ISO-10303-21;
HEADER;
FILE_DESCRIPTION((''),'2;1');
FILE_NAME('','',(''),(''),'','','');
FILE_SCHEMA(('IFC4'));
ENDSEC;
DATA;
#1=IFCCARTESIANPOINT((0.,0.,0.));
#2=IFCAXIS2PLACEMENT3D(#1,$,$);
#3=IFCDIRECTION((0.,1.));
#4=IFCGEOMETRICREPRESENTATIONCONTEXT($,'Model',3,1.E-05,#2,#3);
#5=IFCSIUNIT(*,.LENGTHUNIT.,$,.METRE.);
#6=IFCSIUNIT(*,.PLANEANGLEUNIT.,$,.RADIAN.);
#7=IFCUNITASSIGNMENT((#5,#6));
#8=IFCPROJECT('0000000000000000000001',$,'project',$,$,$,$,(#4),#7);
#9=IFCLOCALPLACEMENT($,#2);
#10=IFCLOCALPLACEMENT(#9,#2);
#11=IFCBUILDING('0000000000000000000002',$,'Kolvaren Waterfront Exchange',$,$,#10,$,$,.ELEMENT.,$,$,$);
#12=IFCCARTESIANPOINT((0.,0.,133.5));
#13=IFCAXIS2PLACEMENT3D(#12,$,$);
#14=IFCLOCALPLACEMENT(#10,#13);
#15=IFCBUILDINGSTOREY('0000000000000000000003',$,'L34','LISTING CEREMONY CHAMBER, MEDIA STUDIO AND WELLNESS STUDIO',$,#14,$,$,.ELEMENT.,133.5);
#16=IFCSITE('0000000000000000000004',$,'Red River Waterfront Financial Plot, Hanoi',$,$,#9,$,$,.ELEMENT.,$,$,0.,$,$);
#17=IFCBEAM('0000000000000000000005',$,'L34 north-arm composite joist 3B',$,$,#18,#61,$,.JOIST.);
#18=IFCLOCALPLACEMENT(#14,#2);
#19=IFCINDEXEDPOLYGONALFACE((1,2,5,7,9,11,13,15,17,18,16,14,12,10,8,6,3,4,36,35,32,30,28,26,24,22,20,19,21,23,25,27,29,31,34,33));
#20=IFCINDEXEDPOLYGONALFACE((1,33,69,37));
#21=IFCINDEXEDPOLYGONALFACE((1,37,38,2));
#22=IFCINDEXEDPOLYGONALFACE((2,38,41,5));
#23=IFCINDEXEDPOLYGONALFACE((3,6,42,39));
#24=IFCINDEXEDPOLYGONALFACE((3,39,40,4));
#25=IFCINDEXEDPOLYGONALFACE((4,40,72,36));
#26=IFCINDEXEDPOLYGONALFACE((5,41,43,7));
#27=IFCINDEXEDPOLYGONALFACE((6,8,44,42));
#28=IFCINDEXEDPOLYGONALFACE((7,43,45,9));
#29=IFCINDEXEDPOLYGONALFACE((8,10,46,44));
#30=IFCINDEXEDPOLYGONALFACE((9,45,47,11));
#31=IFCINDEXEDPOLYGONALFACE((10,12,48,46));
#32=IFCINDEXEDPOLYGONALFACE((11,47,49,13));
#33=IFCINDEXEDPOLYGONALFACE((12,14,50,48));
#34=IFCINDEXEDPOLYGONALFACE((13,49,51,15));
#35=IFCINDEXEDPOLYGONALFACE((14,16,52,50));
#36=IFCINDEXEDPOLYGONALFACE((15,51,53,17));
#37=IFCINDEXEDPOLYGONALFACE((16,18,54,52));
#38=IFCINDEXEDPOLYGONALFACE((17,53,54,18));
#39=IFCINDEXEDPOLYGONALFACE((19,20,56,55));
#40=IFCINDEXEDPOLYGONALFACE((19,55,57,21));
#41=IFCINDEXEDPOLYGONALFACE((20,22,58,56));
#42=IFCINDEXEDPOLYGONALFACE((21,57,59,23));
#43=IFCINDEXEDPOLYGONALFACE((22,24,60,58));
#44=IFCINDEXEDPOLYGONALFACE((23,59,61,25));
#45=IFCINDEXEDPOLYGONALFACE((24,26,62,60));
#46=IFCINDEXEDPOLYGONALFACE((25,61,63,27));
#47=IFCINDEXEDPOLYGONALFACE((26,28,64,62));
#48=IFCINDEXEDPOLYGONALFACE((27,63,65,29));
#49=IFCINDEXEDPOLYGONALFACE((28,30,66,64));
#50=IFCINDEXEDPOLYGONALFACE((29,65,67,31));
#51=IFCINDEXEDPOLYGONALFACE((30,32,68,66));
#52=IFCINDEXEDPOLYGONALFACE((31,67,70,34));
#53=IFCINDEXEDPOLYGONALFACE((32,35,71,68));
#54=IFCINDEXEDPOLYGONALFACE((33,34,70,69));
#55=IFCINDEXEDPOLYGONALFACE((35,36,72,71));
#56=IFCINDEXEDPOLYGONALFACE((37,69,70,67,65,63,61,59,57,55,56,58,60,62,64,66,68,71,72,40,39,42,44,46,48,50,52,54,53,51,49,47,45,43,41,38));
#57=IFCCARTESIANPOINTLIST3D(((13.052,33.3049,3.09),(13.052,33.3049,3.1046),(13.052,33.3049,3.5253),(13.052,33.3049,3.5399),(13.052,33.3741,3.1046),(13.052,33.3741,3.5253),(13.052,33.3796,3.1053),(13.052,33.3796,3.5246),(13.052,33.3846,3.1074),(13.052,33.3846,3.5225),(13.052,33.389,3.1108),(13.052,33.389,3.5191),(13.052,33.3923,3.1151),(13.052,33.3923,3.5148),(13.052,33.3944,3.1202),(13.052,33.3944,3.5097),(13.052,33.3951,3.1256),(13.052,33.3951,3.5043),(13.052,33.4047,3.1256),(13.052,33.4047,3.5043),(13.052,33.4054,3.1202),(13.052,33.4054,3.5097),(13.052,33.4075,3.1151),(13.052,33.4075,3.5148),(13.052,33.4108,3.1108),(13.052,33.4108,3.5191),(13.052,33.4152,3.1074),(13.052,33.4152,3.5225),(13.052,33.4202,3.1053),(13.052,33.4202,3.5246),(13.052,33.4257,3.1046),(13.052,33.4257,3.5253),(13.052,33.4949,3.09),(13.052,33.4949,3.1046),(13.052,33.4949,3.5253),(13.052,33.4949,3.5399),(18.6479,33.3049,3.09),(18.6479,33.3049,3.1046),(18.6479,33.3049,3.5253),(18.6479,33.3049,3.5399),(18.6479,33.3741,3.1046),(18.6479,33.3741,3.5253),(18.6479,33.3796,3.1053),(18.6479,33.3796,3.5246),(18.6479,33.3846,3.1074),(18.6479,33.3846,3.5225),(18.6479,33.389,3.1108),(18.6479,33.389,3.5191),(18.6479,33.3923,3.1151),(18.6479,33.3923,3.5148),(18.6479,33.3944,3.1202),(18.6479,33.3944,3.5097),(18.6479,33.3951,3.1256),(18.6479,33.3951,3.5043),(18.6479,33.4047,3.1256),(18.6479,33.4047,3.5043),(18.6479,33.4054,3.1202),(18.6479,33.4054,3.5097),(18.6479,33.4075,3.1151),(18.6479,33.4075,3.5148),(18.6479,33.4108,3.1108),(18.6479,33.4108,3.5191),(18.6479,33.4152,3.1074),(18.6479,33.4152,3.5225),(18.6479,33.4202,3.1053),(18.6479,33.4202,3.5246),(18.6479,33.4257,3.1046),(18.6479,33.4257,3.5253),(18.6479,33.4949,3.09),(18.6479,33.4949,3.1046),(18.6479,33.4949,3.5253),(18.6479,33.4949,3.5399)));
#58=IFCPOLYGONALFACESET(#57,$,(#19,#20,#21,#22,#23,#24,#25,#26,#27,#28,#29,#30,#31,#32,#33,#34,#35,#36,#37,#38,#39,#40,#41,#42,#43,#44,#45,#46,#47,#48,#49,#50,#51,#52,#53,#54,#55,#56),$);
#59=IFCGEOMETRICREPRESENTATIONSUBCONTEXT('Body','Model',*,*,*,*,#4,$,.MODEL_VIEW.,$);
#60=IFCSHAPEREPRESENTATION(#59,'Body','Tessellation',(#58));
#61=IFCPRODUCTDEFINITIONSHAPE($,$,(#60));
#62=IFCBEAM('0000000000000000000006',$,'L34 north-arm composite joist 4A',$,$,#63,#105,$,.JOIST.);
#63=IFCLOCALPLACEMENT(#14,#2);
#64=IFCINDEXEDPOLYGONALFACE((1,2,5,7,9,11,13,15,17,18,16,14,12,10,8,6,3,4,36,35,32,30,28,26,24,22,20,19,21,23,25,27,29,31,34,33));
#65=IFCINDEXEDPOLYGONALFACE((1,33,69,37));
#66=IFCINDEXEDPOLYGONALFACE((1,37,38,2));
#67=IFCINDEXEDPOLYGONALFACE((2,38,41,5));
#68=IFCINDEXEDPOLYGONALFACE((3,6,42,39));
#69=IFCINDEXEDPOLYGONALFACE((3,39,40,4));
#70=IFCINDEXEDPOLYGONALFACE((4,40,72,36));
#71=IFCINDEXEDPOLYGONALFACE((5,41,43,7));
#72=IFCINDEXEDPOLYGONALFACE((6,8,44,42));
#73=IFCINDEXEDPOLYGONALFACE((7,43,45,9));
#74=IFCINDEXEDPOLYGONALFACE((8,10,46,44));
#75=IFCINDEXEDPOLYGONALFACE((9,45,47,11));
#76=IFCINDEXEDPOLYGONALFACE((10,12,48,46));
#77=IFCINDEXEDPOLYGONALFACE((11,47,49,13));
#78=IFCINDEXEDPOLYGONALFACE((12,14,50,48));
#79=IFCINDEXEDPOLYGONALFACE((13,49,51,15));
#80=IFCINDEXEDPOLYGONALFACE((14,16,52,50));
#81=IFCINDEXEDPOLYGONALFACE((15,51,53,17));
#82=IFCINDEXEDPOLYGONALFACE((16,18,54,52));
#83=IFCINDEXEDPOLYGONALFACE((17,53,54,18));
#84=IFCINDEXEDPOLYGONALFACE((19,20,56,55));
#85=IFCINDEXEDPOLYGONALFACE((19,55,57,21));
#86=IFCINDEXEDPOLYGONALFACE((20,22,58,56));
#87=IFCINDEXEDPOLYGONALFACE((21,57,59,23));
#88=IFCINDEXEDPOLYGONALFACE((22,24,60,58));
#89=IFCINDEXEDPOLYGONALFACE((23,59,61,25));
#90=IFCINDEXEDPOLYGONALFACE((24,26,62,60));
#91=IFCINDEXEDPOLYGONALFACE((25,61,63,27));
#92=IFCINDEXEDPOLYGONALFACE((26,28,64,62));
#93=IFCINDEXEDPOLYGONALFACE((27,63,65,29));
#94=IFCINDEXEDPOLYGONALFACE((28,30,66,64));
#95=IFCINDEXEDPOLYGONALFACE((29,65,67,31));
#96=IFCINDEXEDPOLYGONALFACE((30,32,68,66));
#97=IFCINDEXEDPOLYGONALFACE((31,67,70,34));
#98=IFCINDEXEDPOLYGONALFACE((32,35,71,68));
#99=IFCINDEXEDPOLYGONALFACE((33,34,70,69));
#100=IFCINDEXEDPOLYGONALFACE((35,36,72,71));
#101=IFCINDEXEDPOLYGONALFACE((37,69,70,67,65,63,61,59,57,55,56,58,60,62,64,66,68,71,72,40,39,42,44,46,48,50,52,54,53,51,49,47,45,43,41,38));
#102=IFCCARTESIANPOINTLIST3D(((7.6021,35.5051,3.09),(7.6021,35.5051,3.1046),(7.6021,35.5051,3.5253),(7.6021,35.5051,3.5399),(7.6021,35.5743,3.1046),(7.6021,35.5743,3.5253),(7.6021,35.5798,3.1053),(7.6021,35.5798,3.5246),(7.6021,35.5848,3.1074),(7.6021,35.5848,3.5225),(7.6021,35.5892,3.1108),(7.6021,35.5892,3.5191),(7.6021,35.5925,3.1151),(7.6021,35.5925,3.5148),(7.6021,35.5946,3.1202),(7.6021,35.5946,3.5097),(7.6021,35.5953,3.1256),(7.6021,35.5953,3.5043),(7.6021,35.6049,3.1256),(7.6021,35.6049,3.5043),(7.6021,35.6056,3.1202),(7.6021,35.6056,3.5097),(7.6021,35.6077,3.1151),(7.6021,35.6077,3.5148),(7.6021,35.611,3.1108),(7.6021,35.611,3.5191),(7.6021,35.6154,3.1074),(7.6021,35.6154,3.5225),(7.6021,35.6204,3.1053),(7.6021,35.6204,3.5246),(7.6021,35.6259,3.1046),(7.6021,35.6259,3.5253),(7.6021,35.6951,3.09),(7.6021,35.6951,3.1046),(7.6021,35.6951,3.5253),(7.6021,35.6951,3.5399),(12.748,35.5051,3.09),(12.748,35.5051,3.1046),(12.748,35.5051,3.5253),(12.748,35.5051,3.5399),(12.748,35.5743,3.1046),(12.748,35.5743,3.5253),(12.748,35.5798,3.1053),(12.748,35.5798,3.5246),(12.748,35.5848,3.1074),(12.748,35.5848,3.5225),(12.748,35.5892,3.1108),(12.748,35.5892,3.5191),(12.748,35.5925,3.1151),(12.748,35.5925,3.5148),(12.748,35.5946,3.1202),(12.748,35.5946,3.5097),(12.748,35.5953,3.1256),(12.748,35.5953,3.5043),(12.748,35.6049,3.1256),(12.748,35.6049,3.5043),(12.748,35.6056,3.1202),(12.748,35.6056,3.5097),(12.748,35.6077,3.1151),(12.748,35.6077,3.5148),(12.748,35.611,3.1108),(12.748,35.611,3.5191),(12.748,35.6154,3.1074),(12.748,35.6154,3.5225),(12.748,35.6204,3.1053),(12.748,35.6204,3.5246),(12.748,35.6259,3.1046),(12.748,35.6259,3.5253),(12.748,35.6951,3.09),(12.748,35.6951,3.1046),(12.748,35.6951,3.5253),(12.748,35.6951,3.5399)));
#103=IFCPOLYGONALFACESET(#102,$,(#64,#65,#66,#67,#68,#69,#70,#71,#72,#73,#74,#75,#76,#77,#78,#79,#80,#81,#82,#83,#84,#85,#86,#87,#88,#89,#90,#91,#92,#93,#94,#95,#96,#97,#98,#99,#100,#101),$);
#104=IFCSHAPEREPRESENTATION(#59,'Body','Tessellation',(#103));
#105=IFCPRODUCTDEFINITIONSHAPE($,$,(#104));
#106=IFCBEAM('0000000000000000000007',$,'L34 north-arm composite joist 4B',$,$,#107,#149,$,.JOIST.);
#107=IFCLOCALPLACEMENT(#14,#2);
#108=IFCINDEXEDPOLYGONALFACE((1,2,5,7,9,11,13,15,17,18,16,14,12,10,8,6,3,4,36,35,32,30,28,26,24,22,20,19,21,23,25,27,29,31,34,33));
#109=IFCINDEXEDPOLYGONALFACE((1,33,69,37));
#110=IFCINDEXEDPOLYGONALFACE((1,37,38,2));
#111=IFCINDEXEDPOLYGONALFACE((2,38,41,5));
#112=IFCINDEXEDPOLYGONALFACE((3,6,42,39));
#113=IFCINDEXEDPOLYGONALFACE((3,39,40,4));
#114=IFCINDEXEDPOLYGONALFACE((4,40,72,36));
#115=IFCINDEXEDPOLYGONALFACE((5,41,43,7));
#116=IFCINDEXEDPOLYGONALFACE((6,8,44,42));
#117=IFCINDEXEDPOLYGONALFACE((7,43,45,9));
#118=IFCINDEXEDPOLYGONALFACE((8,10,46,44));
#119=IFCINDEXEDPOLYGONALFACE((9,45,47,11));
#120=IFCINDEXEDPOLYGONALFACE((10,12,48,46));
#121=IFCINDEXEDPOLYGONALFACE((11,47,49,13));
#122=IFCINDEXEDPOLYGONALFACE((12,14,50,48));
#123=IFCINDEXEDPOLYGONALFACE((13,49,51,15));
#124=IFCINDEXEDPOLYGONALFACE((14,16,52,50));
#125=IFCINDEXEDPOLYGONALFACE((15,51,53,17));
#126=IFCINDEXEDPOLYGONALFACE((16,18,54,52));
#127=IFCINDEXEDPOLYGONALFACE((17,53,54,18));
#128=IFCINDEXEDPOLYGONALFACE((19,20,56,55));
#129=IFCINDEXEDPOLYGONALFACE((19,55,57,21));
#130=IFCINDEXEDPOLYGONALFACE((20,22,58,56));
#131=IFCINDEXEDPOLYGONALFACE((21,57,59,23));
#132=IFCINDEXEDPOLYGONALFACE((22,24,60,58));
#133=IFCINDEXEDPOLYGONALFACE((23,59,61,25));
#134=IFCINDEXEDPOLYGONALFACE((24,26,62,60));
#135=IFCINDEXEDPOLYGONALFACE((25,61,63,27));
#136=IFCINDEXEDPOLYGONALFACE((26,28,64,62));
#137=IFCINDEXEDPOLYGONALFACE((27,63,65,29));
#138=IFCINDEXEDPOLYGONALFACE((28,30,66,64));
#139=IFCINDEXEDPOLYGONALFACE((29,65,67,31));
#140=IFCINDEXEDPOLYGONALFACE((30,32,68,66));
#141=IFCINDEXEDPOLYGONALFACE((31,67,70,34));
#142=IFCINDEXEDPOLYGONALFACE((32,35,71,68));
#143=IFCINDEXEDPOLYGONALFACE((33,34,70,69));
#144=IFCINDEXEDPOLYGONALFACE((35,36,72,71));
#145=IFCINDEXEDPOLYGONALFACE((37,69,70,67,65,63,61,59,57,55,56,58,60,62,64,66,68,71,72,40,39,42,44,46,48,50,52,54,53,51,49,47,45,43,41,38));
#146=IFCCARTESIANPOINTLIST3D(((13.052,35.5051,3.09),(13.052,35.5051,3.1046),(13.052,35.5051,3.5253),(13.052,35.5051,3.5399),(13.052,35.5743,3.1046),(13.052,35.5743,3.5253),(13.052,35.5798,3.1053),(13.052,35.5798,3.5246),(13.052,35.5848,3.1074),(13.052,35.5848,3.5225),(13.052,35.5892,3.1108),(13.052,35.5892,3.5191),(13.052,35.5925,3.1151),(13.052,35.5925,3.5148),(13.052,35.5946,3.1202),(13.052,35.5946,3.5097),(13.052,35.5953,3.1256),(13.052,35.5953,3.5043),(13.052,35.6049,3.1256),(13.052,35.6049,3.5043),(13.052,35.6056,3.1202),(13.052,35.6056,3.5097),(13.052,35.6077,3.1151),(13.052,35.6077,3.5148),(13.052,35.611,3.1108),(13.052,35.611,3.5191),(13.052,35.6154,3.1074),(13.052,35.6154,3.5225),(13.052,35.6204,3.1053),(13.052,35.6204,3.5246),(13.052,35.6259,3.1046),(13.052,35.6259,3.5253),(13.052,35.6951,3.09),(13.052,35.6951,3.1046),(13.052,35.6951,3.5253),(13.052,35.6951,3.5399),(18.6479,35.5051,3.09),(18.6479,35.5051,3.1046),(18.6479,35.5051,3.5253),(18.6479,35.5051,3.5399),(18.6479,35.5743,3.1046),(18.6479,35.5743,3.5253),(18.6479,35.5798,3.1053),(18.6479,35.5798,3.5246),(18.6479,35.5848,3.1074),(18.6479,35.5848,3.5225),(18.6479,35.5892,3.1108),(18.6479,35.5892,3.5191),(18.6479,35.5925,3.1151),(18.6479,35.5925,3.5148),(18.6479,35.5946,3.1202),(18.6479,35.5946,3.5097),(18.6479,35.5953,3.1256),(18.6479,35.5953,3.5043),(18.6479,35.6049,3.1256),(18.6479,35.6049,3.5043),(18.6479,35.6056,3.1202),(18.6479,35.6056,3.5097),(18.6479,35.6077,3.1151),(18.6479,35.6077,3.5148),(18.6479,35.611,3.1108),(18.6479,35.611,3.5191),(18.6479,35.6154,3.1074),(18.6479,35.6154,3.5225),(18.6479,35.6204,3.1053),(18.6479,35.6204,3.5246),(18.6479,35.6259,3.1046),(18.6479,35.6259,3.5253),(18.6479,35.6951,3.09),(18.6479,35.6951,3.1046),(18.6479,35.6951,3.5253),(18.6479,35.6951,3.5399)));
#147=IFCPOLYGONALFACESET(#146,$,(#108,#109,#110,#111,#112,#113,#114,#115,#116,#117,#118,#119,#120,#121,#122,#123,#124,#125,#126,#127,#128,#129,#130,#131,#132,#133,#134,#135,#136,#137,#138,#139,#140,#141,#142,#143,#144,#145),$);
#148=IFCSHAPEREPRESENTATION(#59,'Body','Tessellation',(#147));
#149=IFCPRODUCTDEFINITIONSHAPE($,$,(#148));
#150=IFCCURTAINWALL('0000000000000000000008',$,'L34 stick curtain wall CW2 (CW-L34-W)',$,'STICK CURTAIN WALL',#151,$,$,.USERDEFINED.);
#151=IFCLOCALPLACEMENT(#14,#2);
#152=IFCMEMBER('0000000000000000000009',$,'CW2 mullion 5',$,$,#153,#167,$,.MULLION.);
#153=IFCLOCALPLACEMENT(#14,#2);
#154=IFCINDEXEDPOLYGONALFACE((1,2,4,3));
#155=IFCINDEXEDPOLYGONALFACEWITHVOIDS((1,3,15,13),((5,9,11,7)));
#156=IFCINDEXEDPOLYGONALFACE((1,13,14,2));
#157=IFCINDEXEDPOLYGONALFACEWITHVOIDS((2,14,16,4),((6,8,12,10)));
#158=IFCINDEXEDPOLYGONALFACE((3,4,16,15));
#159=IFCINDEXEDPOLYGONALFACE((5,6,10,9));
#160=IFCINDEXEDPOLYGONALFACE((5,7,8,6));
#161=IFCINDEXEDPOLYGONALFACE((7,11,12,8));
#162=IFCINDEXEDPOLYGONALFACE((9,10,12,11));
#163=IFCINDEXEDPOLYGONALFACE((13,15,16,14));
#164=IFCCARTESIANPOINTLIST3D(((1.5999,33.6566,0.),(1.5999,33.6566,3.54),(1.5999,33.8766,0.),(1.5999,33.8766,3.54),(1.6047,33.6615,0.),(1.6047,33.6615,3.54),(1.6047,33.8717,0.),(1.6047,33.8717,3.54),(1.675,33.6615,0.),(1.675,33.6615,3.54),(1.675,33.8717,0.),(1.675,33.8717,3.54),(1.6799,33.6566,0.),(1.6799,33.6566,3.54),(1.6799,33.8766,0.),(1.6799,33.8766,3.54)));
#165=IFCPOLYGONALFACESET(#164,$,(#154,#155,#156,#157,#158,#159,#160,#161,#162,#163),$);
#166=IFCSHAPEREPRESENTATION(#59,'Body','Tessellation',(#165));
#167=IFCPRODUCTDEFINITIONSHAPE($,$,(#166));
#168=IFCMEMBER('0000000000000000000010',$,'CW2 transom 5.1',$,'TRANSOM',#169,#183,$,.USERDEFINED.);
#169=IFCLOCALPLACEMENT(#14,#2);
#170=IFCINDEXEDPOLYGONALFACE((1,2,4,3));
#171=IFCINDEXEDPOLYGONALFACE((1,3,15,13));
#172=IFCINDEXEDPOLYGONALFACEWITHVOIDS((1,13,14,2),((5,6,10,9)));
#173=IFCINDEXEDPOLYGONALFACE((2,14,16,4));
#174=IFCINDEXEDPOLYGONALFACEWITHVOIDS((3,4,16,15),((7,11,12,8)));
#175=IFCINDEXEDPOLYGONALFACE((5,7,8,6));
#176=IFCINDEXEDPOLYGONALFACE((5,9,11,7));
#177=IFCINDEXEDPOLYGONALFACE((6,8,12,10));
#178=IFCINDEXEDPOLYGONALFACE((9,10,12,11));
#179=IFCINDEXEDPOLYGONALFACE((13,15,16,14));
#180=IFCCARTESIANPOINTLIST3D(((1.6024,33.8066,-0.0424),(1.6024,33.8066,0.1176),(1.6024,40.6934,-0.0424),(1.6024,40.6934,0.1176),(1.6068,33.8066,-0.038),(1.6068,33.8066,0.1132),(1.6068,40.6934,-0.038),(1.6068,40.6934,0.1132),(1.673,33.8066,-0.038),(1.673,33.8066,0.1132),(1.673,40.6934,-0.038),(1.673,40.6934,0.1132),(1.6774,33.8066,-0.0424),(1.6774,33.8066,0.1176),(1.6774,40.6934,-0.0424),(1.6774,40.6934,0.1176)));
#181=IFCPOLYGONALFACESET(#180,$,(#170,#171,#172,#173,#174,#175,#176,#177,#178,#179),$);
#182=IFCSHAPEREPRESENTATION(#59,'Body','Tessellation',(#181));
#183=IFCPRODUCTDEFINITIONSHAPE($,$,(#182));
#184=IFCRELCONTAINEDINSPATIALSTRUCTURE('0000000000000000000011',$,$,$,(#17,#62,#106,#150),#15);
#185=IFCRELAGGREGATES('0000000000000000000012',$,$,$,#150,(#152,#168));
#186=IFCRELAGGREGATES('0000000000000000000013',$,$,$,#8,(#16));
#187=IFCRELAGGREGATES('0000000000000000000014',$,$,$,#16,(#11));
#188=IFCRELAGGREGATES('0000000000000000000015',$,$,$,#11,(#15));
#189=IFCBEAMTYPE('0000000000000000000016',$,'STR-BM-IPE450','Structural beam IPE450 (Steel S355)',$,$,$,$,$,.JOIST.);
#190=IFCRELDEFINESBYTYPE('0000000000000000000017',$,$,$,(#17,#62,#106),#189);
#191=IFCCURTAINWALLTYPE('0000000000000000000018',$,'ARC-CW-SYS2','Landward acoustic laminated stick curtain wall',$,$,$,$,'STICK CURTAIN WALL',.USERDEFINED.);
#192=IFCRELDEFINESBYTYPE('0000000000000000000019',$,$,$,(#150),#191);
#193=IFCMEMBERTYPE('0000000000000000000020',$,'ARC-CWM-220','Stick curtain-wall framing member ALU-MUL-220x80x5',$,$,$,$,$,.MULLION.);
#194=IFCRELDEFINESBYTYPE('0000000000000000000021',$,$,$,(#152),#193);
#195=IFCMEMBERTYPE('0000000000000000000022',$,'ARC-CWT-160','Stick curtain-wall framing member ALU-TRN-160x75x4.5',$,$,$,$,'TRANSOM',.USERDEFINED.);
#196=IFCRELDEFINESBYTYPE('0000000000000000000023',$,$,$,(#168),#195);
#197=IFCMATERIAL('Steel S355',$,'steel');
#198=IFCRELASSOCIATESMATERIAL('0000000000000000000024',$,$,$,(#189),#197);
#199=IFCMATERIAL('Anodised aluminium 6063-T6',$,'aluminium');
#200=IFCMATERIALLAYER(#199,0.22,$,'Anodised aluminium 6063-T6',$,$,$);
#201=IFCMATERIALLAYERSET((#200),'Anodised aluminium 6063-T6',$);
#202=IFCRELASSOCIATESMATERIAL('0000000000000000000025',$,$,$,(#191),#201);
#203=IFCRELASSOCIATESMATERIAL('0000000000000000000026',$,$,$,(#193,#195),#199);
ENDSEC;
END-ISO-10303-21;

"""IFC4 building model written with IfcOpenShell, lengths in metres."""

from ifc_helpers import new_model, si_unit, direction, frame, origin, origin_with_axes, origin_2d, place, context, subcontext, project, spatial, hollow_rectangle, i_section, extrude, source, transform, mapped, material, layer, layer_set, material_profile, profile_set, type_object, element, aggregate, save


model = new_model("IFC4")

# Units and contexts
model_context = context("Model", 3, precision=1e-05, world=origin(), true_north=direction((0.0, 1.0)))
body_context = subcontext(model_context, "Body", "Model", "MODEL_VIEW")
ifc_project = project(units=[si_unit("LENGTHUNIT", "METRE"), si_unit("PLANEANGLEUNIT", "RADIAN")], contexts=[model_context])

# Site, building, storey
site_placement = place(None, origin())
site = spatial("IfcSite", under=ifc_project, at=site_placement, Name="Red River Waterfront Financial Plot, Hanoi", CompositionType="ELEMENT", RefElevation=0.0)
building_placement = place(site_placement, origin())
building = spatial("IfcBuilding", under=site, at=building_placement, Name="Kolvaren Waterfront Exchange", CompositionType="ELEMENT")
storey_placement = place(building_placement, frame((0.0, 0.0, 133.5)))
storey = spatial("IfcBuildingStorey", under=building, at=storey_placement, Name="L34", Description="LISTING CEREMONY CHAMBER, MEDIA STUDIO AND WELLNESS STUDIO", CompositionType="ELEMENT", Elevation=133.5)

# Beams
ifc_material_1 = material(Name="Steel S355", Category="steel")
ifc_material_profile_1 = material_profile(ifc_material_1, i_section(OverallWidth=0.1899, OverallDepth=0.45, WebThickness=0.0095, FlangeThickness=0.0146, FilletRadius=0.021, at=origin_2d()), Name="IPE450")
ifc_profile_set_1 = profile_set([ifc_material_profile_1], Name="Steel S355")
beam_type_1 = type_object("IfcBeamType", Name="STR-BM-IPE450", Description="Structural beam IPE450 (Steel S355)", PredefinedType="JOIST", material=ifc_profile_set_1)
beam_1_placement = place(storey_placement, frame((13.052, 33.3999, 3.3149), z_axis=(1.0, 0.0, 0.0), x_axis=(0.0, 1.0, 0.0)))
element("IfcBeam", 1, at=beam_1_placement, inside=storey, type_object=beam_type_1, Name="L34 north-arm composite joist 3B", PredefinedType="JOIST", context=body_context, shape_type="SweptSolid", body=[
    extrude(i_section(OverallWidth=0.1899, OverallDepth=0.45, WebThickness=0.0095, FlangeThickness=0.0146, FilletRadius=0.021, at=origin_2d()), origin(), (0.0, 0.0, 1.0), 5.5959),
])
beam_2_placement = place(storey_placement, frame((7.6021, 35.6001, 3.3149), z_axis=(1.0, 0.0, 0.0), x_axis=(0.0, 1.0, 0.0)))
element("IfcBeam", 2, at=beam_2_placement, inside=storey, type_object=beam_type_1, Name="L34 north-arm composite joist 4A", PredefinedType="JOIST", context=body_context, shape_type="SweptSolid", body=[
    extrude(i_section(OverallWidth=0.1899, OverallDepth=0.45, WebThickness=0.0095, FlangeThickness=0.0146, FilletRadius=0.021, at=origin_2d()), origin(), (0.0, 0.0, 1.0), 5.146),
])
beam_3_placement = place(storey_placement, frame((13.052, 35.6001, 3.3149), z_axis=(1.0, 0.0, 0.0), x_axis=(0.0, 1.0, 0.0)))
element("IfcBeam", 3, at=beam_3_placement, inside=storey, type_object=beam_type_1, Name="L34 north-arm composite joist 4B", PredefinedType="JOIST", context=body_context, shape_type="SweptSolid", body=[
    extrude(i_section(OverallWidth=0.1899, OverallDepth=0.45, WebThickness=0.0095, FlangeThickness=0.0146, FilletRadius=0.021, at=origin_2d()), origin(), (0.0, 0.0, 1.0), 5.5959),
])

# Curtain wall, members
ifc_material_2 = material(Name="Anodised aluminium 6063-T6", Category="aluminium")
ifc_layer_1 = layer(ifc_material_2, 0.22, Name="Anodised aluminium 6063-T6")
ifc_layer_set_1 = layer_set([ifc_layer_1], Name="Anodised aluminium 6063-T6")
curtain_wall_type = type_object("IfcCurtainWallType", Name="ARC-CW-SYS2", Description="Landward acoustic laminated stick curtain wall", ElementType="STICK CURTAIN WALL", PredefinedType="USERDEFINED", material=ifc_layer_set_1)
curtain_wall_placement = place(storey_placement, origin())
curtain_wall = element("IfcCurtainWall", 4, at=curtain_wall_placement, inside=storey, type_object=curtain_wall_type, Name="L34 stick curtain wall CW2 (CW-L34-W)", ObjectType="STICK CURTAIN WALL", PredefinedType="USERDEFINED")
ifc_material_profile_2 = material_profile(ifc_material_2, hollow_rectangle(XDim=0.0801, YDim=0.22, WallThickness=0.0049, at=origin_2d()), Name="ALU-MUL-220x80x5")
ifc_profile_set_2 = profile_set([ifc_material_profile_2], Name="Anodised aluminium 6063-T6")
member_type_1 = type_object("IfcMemberType", Name="ARC-CWM-220", Description="Stick curtain-wall framing member ALU-MUL-220x80x5", PredefinedType="MULLION", material=ifc_profile_set_2)
shared_shape_1 = source(origin_with_axes(), body_context, "Body", "SweptSolid", [
    extrude(hollow_rectangle(XDim=0.0801, YDim=0.22, WallThickness=0.0049, at=origin_2d()), origin(), (0.0, 0.0, 1.0), 3.54),
])
member_1_placement = place(storey_placement, frame((1.6399, 33.7666, 0.0), z_axis=(0.0, 0.0, 1.0), x_axis=(-1.0, 0.0, 0.0)))
member_1 = element("IfcMember", 5, at=member_1_placement, type_object=member_type_1, Name="CW2 mullion 5", PredefinedType="MULLION", context=body_context, shape_type="MappedRepresentation", body=[
    mapped(shared_shape_1, transform((0.0, 0.0, 0.0), x_axis=(1.0, 0.0, 0.0), y_axis=(0.0, 1.0, 0.0), z_axis=(0.0, 0.0, 1.0), scale=1.0)),
])
ifc_material_profile_3 = material_profile(ifc_material_2, hollow_rectangle(XDim=0.075, YDim=0.1599, WallThickness=0.0044, at=origin_2d()), Name="ALU-TRN-160x75x4.5")
ifc_profile_set_3 = profile_set([ifc_material_profile_3], Name="Anodised aluminium 6063-T6")
member_type_2 = type_object("IfcMemberType", Name="ARC-CWT-160", Description="Stick curtain-wall framing member ALU-TRN-160x75x4.5", ElementType="TRANSOM", PredefinedType="USERDEFINED", material=ifc_profile_set_3)
shared_shape_2 = source(origin_with_axes(), body_context, "Body", "SweptSolid", [
    extrude(hollow_rectangle(XDim=0.075, YDim=0.1599, WallThickness=0.0044, at=origin_2d()), origin(), (0.0, 0.0, 1.0), 6.8867),
])
member_2_placement = place(storey_placement, frame((1.6399, 33.8066, 0.0376), z_axis=(0.0, 1.0, 0.0), x_axis=(-1.0, 0.0, 0.0)))
member_2 = element("IfcMember", 6, at=member_2_placement, type_object=member_type_2, Name="CW2 transom 5.1", ObjectType="TRANSOM", PredefinedType="USERDEFINED", context=body_context, shape_type="MappedRepresentation", body=[
    mapped(shared_shape_2, transform((0.0, 0.0, 0.0), x_axis=(1.0, 0.0, 0.0), y_axis=(0.0, 1.0, 0.0), z_axis=(0.0, 0.0, 1.0), scale=1.0)),
])
aggregate(curtain_wall, [member_1, member_2])

save(model, "model.ifc")
